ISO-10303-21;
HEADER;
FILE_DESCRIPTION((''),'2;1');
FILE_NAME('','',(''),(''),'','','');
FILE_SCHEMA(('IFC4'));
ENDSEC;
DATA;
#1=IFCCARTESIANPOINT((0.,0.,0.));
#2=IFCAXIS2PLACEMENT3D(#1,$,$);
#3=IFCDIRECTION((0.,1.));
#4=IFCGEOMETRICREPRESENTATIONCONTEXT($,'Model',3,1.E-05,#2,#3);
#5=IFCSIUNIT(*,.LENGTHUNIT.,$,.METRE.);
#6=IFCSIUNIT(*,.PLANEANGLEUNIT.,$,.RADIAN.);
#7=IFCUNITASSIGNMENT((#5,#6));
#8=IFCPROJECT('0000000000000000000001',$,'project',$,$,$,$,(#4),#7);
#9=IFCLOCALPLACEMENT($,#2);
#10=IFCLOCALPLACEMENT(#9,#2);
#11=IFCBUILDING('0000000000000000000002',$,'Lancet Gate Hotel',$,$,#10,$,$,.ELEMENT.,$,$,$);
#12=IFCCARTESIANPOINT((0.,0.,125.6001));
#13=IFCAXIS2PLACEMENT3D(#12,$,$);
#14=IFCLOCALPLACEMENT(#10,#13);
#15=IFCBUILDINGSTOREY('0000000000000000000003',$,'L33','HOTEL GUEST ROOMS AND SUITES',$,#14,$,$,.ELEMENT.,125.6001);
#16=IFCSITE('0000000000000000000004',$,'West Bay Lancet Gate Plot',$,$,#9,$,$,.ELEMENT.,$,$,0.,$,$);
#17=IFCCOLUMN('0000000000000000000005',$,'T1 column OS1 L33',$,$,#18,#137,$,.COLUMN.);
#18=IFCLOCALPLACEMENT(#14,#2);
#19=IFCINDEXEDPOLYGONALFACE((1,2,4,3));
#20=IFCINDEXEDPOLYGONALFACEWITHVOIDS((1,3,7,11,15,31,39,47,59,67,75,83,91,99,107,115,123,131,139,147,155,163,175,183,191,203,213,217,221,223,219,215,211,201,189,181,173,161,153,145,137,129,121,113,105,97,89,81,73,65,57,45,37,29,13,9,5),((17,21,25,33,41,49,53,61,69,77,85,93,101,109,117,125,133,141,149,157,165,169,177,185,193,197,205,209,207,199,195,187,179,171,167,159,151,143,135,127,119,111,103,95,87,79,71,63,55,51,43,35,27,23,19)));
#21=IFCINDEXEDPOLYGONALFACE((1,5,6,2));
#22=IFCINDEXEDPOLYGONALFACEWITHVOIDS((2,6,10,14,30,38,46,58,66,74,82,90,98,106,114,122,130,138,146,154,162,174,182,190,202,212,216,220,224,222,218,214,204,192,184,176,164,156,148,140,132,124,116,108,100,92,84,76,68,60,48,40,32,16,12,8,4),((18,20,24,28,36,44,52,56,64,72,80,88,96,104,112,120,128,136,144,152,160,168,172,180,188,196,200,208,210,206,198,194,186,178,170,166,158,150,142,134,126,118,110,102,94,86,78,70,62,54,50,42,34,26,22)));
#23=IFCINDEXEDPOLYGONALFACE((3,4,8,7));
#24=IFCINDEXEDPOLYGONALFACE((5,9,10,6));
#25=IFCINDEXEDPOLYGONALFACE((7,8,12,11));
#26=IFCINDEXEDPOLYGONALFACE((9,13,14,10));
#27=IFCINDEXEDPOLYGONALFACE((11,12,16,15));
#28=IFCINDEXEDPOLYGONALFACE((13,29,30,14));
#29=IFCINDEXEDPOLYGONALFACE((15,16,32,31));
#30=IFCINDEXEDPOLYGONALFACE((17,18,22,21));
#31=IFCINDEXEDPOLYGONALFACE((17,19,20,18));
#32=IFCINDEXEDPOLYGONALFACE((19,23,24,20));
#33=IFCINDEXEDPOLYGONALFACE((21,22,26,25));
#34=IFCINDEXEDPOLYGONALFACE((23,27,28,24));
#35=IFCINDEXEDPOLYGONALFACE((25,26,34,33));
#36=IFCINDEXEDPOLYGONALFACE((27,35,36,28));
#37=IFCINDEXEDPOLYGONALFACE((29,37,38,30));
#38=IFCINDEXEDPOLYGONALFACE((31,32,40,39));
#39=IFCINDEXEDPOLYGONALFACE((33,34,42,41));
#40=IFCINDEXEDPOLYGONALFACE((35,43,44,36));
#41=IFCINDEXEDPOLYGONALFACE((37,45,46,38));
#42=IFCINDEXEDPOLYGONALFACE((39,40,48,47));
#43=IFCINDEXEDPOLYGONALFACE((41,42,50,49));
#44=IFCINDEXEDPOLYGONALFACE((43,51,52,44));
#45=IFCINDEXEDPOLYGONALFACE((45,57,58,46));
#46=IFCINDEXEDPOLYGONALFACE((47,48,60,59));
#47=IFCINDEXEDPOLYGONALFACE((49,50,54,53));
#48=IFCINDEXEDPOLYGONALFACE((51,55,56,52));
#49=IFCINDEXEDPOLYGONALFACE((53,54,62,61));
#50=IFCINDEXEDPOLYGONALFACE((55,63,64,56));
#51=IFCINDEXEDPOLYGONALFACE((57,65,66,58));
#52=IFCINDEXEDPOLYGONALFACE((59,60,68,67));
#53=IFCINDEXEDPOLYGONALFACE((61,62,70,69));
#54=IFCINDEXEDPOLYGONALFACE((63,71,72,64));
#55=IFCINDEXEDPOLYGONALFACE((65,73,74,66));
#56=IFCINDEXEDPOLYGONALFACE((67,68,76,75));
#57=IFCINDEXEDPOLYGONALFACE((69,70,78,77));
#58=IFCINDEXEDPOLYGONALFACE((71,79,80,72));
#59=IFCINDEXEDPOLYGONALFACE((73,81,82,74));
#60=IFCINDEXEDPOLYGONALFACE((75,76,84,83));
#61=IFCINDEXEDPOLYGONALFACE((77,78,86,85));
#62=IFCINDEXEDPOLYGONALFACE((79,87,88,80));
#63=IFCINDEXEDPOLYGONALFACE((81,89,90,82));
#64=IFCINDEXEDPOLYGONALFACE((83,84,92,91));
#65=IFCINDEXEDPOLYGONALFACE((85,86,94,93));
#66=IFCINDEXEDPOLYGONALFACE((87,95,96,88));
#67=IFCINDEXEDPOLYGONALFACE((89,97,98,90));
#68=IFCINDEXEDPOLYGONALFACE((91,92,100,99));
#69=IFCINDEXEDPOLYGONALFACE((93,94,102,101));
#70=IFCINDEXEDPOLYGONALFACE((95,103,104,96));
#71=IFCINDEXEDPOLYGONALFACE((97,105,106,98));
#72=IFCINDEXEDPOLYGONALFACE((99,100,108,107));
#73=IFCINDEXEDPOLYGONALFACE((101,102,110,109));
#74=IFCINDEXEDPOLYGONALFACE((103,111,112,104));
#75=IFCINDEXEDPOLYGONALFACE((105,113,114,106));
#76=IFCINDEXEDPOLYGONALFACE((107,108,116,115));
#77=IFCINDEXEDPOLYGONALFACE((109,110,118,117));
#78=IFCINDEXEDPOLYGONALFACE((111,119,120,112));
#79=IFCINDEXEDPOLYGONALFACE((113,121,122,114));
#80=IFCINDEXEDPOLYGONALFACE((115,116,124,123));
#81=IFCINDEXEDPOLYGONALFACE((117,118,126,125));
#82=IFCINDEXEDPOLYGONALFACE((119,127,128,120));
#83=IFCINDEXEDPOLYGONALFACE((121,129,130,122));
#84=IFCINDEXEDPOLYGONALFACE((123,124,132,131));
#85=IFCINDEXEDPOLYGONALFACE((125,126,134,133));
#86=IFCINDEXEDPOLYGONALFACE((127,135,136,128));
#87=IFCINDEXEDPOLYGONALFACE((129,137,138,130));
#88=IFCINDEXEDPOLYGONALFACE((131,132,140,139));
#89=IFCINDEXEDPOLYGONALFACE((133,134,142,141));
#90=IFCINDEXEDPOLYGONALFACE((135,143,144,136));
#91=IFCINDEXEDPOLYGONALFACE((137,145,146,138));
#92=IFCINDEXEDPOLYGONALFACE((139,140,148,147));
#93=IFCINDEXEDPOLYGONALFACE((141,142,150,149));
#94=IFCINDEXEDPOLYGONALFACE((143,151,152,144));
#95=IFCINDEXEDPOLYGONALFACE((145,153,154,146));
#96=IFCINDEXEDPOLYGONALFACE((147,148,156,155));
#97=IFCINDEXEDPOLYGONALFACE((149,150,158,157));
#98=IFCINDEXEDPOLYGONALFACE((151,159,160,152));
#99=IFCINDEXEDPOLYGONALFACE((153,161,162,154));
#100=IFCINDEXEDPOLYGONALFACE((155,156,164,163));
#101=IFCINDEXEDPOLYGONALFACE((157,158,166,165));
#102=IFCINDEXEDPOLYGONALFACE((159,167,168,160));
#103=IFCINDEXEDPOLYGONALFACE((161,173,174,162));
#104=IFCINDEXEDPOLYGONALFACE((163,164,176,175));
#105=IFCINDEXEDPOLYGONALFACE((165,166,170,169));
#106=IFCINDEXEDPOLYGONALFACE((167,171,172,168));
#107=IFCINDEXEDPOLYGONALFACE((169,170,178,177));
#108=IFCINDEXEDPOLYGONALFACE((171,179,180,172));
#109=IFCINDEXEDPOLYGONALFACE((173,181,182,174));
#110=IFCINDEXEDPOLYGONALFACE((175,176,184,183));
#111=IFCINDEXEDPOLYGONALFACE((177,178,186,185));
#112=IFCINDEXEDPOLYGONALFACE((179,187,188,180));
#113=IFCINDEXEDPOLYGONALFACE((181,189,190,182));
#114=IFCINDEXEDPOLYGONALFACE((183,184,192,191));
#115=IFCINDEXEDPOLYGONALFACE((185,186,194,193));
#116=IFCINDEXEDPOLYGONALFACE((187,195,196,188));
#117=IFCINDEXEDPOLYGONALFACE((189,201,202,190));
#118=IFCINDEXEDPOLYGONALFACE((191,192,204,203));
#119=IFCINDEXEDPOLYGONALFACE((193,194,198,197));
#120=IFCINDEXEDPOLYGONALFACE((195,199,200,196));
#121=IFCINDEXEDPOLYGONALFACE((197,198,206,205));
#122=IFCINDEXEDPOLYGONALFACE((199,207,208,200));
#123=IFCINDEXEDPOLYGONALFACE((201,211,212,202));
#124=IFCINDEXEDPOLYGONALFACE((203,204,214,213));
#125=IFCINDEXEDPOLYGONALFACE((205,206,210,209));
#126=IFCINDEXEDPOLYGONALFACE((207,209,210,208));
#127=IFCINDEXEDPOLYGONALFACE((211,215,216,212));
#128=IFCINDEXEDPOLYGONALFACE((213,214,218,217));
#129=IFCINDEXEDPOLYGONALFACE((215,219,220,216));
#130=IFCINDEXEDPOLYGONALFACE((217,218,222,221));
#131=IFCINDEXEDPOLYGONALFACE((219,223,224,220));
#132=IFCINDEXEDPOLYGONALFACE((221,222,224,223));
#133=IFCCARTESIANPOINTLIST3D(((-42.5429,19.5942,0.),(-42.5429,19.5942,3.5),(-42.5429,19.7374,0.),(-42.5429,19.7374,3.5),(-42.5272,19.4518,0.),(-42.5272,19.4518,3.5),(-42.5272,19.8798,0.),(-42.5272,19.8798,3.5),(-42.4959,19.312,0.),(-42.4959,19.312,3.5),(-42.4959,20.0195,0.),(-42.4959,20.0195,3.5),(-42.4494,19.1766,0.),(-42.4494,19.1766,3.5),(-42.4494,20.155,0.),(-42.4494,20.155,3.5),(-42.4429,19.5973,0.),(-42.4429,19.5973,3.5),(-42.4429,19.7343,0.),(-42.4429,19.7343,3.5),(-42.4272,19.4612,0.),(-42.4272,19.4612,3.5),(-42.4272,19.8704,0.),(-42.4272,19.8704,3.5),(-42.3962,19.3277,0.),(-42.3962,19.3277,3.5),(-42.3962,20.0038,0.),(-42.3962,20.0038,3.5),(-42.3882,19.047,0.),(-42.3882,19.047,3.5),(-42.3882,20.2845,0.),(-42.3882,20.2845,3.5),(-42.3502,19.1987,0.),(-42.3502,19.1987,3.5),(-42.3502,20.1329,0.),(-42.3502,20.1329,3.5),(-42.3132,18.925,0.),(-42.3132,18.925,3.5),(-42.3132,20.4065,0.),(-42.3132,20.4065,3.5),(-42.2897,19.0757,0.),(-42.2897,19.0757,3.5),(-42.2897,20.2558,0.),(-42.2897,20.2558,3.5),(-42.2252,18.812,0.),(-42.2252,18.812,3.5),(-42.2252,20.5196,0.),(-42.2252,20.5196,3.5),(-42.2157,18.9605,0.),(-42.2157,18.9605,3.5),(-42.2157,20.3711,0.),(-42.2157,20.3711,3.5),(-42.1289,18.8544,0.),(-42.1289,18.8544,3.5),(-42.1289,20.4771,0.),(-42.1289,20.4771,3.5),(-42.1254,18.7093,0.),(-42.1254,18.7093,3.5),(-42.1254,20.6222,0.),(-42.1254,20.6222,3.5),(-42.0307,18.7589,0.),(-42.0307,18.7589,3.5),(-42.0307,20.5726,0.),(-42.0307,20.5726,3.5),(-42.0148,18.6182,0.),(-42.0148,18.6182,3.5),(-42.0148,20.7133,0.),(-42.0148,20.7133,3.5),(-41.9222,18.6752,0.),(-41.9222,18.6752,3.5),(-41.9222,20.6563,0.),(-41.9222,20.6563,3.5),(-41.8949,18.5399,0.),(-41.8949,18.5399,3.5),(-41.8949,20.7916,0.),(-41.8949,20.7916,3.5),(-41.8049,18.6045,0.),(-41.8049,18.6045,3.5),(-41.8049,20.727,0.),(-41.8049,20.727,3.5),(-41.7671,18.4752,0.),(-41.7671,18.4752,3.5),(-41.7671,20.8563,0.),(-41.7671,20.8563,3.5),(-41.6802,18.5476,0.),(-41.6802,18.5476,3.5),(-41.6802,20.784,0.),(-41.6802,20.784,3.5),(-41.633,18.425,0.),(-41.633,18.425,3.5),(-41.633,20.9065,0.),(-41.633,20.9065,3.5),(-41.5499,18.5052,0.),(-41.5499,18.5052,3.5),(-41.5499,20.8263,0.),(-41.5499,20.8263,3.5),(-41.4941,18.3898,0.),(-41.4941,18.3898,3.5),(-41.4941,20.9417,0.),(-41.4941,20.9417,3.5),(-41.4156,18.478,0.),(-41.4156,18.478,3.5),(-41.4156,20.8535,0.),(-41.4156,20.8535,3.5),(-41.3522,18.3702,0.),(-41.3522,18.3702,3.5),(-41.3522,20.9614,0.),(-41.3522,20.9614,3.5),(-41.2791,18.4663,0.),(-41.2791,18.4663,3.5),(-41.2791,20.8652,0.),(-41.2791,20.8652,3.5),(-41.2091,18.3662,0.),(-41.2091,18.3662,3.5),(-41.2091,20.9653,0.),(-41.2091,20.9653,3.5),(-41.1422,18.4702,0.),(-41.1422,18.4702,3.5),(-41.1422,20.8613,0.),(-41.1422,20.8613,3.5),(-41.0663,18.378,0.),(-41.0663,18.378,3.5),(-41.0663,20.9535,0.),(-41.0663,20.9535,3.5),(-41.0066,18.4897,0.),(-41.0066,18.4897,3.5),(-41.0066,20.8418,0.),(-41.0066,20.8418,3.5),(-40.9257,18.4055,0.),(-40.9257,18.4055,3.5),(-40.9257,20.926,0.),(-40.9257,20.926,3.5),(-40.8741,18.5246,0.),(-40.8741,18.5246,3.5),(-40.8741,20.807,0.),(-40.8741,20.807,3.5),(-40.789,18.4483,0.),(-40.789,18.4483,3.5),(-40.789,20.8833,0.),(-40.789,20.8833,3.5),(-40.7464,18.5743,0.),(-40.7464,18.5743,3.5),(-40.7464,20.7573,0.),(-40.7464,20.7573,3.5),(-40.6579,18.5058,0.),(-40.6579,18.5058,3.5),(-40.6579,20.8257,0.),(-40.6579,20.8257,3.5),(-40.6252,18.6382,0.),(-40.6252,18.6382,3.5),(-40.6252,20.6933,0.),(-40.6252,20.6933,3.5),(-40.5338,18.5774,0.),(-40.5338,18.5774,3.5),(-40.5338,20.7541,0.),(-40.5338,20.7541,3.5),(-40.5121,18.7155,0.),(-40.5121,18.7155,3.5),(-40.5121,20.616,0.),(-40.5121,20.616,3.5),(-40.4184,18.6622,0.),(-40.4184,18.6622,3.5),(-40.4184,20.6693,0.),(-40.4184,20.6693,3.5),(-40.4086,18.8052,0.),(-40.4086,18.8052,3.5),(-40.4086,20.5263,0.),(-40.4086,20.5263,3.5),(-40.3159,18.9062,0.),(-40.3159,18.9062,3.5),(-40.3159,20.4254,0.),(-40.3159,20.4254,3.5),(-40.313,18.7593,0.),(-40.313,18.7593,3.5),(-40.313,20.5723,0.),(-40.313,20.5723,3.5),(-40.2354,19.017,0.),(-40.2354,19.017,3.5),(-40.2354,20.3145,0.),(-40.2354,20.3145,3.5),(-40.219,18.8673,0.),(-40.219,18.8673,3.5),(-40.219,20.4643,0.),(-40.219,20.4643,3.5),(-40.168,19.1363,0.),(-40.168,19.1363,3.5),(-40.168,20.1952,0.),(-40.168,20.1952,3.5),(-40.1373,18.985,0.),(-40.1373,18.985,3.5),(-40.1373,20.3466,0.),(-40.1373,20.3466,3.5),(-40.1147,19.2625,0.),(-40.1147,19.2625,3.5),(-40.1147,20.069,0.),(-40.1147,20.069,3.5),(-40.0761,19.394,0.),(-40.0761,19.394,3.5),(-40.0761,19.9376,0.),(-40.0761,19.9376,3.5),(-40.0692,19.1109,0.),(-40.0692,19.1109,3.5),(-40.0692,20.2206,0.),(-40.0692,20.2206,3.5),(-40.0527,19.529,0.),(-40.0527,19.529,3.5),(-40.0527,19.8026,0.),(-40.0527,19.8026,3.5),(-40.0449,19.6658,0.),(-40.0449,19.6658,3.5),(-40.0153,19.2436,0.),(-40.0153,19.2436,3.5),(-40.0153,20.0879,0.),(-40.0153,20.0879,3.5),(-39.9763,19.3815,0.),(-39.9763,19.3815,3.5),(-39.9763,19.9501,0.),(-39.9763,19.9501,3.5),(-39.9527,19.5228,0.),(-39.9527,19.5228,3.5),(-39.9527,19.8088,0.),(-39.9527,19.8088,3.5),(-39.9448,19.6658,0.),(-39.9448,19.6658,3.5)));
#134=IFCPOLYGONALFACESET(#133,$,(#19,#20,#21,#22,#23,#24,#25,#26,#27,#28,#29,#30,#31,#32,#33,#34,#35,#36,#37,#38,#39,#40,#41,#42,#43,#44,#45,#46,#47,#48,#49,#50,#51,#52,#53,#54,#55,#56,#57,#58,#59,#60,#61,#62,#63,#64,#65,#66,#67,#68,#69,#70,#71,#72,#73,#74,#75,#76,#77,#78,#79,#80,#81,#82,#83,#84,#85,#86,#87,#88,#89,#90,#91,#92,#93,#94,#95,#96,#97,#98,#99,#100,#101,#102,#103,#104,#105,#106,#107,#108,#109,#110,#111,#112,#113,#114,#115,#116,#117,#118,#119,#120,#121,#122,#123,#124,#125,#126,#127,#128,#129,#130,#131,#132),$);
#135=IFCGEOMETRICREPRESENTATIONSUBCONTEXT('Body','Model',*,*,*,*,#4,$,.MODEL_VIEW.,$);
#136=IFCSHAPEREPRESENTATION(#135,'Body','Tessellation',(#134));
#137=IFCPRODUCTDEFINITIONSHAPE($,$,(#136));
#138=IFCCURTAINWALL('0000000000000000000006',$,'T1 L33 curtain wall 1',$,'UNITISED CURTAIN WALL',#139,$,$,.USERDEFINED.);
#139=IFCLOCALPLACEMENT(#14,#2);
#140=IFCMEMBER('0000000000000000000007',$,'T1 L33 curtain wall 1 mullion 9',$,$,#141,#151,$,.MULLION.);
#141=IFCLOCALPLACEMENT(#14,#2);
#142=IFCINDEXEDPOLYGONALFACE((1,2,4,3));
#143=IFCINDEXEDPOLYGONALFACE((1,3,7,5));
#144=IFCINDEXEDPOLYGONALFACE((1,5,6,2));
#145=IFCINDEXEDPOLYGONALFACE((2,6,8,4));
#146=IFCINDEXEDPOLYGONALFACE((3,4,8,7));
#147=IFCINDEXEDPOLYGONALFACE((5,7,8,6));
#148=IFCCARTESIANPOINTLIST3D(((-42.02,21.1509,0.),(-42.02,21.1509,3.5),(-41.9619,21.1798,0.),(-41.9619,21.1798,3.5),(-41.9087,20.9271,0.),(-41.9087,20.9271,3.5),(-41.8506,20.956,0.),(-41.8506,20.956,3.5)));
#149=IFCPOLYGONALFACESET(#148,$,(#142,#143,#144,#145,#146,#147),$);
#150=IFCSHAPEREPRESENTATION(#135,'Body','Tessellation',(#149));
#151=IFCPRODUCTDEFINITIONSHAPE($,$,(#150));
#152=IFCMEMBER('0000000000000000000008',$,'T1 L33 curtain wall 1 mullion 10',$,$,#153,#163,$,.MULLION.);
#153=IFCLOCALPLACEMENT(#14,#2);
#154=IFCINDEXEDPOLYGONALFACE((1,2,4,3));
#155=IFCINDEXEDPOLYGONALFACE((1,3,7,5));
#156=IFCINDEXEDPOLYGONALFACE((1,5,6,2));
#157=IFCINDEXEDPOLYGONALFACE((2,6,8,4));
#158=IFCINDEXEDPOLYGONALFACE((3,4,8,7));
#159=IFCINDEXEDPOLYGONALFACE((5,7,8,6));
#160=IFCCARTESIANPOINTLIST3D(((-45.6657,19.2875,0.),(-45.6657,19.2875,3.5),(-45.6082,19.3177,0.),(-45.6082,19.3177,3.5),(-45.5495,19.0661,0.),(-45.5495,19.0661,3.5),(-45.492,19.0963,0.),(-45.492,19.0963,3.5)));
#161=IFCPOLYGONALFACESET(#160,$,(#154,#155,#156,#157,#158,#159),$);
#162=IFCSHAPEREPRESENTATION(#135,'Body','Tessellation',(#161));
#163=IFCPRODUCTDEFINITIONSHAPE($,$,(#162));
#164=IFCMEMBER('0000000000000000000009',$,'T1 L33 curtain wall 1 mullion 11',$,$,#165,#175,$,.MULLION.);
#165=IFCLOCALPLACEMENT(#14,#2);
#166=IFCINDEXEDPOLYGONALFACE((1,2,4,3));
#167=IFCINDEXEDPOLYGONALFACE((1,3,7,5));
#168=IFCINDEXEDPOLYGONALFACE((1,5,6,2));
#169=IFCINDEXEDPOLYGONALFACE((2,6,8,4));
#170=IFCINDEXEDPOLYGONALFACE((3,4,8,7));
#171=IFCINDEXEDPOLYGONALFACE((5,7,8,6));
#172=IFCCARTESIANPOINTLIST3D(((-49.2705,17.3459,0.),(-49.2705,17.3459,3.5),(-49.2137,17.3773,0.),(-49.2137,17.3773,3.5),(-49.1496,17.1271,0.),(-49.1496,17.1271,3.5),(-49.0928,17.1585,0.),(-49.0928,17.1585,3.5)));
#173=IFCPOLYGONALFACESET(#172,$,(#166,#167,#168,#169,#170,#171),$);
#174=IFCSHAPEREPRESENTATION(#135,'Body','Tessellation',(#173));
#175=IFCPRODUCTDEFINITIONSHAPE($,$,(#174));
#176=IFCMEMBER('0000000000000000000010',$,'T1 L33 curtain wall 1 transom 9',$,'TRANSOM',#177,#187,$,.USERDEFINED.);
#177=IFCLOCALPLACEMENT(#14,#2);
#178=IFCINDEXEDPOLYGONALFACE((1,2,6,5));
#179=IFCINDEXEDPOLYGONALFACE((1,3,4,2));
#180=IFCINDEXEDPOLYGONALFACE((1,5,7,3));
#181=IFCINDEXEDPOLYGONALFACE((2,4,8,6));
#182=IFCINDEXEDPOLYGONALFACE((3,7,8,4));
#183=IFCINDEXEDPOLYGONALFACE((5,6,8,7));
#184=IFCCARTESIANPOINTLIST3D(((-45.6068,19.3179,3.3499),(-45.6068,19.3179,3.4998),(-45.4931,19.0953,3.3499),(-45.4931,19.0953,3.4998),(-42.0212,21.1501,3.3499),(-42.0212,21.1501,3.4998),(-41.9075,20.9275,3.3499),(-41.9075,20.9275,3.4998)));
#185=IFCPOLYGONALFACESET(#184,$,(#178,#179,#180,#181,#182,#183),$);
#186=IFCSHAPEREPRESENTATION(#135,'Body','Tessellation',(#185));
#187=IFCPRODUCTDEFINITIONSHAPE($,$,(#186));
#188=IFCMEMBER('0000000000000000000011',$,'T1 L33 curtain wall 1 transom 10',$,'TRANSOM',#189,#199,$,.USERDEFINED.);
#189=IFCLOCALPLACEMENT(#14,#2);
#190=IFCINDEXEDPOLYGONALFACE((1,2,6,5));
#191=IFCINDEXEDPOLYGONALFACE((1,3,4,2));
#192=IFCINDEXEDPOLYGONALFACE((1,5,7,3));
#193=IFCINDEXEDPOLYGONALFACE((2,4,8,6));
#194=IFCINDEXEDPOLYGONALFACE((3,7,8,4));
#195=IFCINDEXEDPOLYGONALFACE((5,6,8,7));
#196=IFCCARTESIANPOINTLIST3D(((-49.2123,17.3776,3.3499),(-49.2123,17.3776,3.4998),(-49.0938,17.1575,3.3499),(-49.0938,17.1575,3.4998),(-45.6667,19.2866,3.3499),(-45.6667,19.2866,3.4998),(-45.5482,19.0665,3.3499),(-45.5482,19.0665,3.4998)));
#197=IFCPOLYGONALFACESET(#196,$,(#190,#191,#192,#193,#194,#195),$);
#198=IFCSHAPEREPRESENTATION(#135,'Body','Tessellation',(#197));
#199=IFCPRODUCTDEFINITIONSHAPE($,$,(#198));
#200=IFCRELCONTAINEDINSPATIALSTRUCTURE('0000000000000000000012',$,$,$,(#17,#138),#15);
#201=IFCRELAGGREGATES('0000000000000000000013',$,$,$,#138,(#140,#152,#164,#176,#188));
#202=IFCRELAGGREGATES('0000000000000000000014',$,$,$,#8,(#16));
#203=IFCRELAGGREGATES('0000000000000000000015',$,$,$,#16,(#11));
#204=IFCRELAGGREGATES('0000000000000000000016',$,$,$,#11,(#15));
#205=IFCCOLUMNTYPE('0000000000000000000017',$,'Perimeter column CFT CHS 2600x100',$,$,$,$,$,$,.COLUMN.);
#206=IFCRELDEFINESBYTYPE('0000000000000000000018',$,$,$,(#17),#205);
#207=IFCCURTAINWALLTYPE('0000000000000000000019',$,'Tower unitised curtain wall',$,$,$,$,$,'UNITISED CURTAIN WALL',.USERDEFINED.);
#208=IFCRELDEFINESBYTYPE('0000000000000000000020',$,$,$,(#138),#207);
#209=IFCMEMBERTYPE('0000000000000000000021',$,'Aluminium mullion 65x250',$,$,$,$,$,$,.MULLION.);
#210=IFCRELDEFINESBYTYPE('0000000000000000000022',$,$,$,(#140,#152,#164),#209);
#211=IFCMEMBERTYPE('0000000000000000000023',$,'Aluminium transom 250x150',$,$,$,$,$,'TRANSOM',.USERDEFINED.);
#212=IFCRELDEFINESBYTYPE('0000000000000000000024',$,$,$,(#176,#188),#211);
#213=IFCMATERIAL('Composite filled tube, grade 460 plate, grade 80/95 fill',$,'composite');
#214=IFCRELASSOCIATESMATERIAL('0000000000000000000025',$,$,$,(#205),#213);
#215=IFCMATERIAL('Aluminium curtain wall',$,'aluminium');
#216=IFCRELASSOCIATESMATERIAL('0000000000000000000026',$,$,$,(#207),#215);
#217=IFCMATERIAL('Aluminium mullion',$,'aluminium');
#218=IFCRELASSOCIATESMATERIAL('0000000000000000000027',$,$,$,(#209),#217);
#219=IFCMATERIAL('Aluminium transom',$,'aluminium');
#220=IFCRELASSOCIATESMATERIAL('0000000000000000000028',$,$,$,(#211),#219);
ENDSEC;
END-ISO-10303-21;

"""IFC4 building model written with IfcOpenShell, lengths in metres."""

from ifc_helpers import new_model, si_unit, direction, frame, origin, origin_2d, place, context, subcontext, project, spatial, rectangle, hollow_circle, extrude, material, material_profile, profile_set, type_object, element, aggregate, save


model = new_model("IFC4")

# Units and contexts
model_context = context("Model", 3, precision=1e-05, world=origin(), true_north=direction((0.0, 1.0)))
body_context = subcontext(model_context, "Body", "Model", "MODEL_VIEW")
ifc_project = project(units=[si_unit("LENGTHUNIT", "METRE"), si_unit("PLANEANGLEUNIT", "RADIAN")], contexts=[model_context])

# Site, building, storey
site_placement = place(None, origin())
site = spatial("IfcSite", under=ifc_project, at=site_placement, Name="West Bay Lancet Gate Plot", CompositionType="ELEMENT", RefElevation=0.0)
building_placement = place(site_placement, origin())
building = spatial("IfcBuilding", under=site, at=building_placement, Name="Lancet Gate Hotel", CompositionType="ELEMENT")
storey_placement = place(building_placement, frame((0.0, 0.0, 125.6001)))
storey = spatial("IfcBuildingStorey", under=building, at=storey_placement, Name="L33", Description="HOTEL GUEST ROOMS AND SUITES", CompositionType="ELEMENT", Elevation=125.6001)

# Column
ifc_material_1 = material(Name="Composite filled tube, grade 460 plate, grade 80/95 fill", Category="composite")
ifc_material_profile_1 = material_profile(ifc_material_1, hollow_circle(Radius=1.3, WallThickness=0.1001, at=origin_2d()), Name="CHS 2600x100")
ifc_profile_set_1 = profile_set([ifc_material_profile_1], Name="Composite filled tube, grade 460 plate, grade 80/95 fill")
column_type = type_object("IfcColumnType", Name="Perimeter column CFT CHS 2600x100", PredefinedType="COLUMN", material=ifc_profile_set_1)
column_placement = place(storey_placement, frame((-41.2449, 19.6658, 0.0), z_axis=(0.0, 0.0, 1.0), x_axis=(1.0, 0.0, 0.0)))
element("IfcColumn", 1, at=column_placement, inside=storey, type_object=column_type, Name="T1 column OS1 L33", PredefinedType="COLUMN", context=body_context, shape_type="SweptSolid", body=[
    extrude(hollow_circle(Radius=1.3, WallThickness=0.1001, at=origin_2d()), origin(), (0.0, 0.0, 1.0), 3.5),
])

# Curtain wall, members
ifc_material_2 = material(Name="Aluminium curtain wall", Category="aluminium")
curtain_wall_type = type_object("IfcCurtainWallType", Name="Tower unitised curtain wall", ElementType="UNITISED CURTAIN WALL", PredefinedType="USERDEFINED", material=ifc_material_2)
curtain_wall_placement = place(storey_placement, origin())
curtain_wall = element("IfcCurtainWall", 2, at=curtain_wall_placement, inside=storey, type_object=curtain_wall_type, Name="T1 L33 curtain wall 1", ObjectType="UNITISED CURTAIN WALL", PredefinedType="USERDEFINED")
ifc_material_3 = material(Name="Aluminium mullion", Category="aluminium")
ifc_material_profile_2 = material_profile(ifc_material_3, rectangle(XDim=0.0649, YDim=0.25, at=origin_2d()), Name="MULLION 65x250")
ifc_profile_set_2 = profile_set([ifc_material_profile_2], Name="Aluminium mullion")
member_type_1 = type_object("IfcMemberType", Name="Aluminium mullion 65x250", PredefinedType="MULLION", material=ifc_profile_set_2)
member_1_placement = place(storey_placement, frame((-41.9353, 21.0535, 0.0), z_axis=(0.0, 0.0, 1.0), x_axis=(-0.895339, -0.445384, 0.0)))
member_1 = element("IfcMember", 3, at=member_1_placement, type_object=member_type_1, Name="T1 L33 curtain wall 1 mullion 9", PredefinedType="MULLION", context=body_context, shape_type="SweptSolid", body=[
    extrude(rectangle(XDim=0.0649, YDim=0.25, at=origin_2d()), origin(), (0.0, 0.0, 1.0), 3.5),
])
member_2_placement = place(storey_placement, frame((-45.5789, 19.1919, 0.0), z_axis=(0.0, 0.0, 1.0), x_axis=(-0.885544, -0.464555, 0.0)))
member_2 = element("IfcMember", 4, at=member_2_placement, type_object=member_type_1, Name="T1 L33 curtain wall 1 mullion 10", PredefinedType="MULLION", context=body_context, shape_type="SweptSolid", body=[
    extrude(rectangle(XDim=0.0649, YDim=0.25, at=origin_2d()), origin(), (0.0, 0.0, 1.0), 3.5),
])
member_3_placement = place(storey_placement, frame((-49.1816, 17.2522, 0.0), z_axis=(0.0, 0.0, 1.0), x_axis=(-0.875339, -0.48351, 0.0)))
member_3 = element("IfcMember", 5, at=member_3_placement, type_object=member_type_1, Name="T1 L33 curtain wall 1 mullion 11", PredefinedType="MULLION", context=body_context, shape_type="SweptSolid", body=[
    extrude(rectangle(XDim=0.0649, YDim=0.25, at=origin_2d()), origin(), (0.0, 0.0, 1.0), 3.5),
])
ifc_material_4 = material(Name="Aluminium transom", Category="aluminium")
ifc_material_profile_3 = material_profile(ifc_material_4, rectangle(XDim=0.25, YDim=0.1499, at=origin_2d()), Name="TRANSOM 250x150")
ifc_profile_set_3 = profile_set([ifc_material_profile_3], Name="Aluminium transom")
member_type_2 = type_object("IfcMemberType", Name="Aluminium transom 250x150", ElementType="TRANSOM", PredefinedType="USERDEFINED", material=ifc_profile_set_3)
member_4_placement = place(storey_placement, frame((-41.9644, 21.0388, 3.4248), z_axis=(-0.890476, -0.45503, 0.0), x_axis=(0.45503, -0.890476, 0.0)))
member_4 = element("IfcMember", 6, at=member_4_placement, type_object=member_type_2, Name="T1 L33 curtain wall 1 transom 9", ObjectType="TRANSOM", PredefinedType="USERDEFINED", context=body_context, shape_type="SweptSolid", body=[
    extrude(rectangle(XDim=0.25, YDim=0.1499, at=origin_2d()), origin(), (0.0, 0.0, 1.0), 4.0266),
])
member_5_placement = place(storey_placement, frame((-45.6074, 19.1765, 3.4248), z_axis=(-0.880498, -0.474049, 0.0), x_axis=(0.474049, -0.880498, 0.0)))
member_5 = element("IfcMember", 7, at=member_5_placement, type_object=member_type_2, Name="T1 L33 curtain wall 1 transom 10", ObjectType="TRANSOM", PredefinedType="USERDEFINED", context=body_context, shape_type="SweptSolid", body=[
    extrude(rectangle(XDim=0.25, YDim=0.1499, at=origin_2d()), origin(), (0.0, 0.0, 1.0), 4.0269),
])

aggregate(curtain_wall, [member_1, member_2, member_3, member_4, member_5])

save(model, "model.ifc")
